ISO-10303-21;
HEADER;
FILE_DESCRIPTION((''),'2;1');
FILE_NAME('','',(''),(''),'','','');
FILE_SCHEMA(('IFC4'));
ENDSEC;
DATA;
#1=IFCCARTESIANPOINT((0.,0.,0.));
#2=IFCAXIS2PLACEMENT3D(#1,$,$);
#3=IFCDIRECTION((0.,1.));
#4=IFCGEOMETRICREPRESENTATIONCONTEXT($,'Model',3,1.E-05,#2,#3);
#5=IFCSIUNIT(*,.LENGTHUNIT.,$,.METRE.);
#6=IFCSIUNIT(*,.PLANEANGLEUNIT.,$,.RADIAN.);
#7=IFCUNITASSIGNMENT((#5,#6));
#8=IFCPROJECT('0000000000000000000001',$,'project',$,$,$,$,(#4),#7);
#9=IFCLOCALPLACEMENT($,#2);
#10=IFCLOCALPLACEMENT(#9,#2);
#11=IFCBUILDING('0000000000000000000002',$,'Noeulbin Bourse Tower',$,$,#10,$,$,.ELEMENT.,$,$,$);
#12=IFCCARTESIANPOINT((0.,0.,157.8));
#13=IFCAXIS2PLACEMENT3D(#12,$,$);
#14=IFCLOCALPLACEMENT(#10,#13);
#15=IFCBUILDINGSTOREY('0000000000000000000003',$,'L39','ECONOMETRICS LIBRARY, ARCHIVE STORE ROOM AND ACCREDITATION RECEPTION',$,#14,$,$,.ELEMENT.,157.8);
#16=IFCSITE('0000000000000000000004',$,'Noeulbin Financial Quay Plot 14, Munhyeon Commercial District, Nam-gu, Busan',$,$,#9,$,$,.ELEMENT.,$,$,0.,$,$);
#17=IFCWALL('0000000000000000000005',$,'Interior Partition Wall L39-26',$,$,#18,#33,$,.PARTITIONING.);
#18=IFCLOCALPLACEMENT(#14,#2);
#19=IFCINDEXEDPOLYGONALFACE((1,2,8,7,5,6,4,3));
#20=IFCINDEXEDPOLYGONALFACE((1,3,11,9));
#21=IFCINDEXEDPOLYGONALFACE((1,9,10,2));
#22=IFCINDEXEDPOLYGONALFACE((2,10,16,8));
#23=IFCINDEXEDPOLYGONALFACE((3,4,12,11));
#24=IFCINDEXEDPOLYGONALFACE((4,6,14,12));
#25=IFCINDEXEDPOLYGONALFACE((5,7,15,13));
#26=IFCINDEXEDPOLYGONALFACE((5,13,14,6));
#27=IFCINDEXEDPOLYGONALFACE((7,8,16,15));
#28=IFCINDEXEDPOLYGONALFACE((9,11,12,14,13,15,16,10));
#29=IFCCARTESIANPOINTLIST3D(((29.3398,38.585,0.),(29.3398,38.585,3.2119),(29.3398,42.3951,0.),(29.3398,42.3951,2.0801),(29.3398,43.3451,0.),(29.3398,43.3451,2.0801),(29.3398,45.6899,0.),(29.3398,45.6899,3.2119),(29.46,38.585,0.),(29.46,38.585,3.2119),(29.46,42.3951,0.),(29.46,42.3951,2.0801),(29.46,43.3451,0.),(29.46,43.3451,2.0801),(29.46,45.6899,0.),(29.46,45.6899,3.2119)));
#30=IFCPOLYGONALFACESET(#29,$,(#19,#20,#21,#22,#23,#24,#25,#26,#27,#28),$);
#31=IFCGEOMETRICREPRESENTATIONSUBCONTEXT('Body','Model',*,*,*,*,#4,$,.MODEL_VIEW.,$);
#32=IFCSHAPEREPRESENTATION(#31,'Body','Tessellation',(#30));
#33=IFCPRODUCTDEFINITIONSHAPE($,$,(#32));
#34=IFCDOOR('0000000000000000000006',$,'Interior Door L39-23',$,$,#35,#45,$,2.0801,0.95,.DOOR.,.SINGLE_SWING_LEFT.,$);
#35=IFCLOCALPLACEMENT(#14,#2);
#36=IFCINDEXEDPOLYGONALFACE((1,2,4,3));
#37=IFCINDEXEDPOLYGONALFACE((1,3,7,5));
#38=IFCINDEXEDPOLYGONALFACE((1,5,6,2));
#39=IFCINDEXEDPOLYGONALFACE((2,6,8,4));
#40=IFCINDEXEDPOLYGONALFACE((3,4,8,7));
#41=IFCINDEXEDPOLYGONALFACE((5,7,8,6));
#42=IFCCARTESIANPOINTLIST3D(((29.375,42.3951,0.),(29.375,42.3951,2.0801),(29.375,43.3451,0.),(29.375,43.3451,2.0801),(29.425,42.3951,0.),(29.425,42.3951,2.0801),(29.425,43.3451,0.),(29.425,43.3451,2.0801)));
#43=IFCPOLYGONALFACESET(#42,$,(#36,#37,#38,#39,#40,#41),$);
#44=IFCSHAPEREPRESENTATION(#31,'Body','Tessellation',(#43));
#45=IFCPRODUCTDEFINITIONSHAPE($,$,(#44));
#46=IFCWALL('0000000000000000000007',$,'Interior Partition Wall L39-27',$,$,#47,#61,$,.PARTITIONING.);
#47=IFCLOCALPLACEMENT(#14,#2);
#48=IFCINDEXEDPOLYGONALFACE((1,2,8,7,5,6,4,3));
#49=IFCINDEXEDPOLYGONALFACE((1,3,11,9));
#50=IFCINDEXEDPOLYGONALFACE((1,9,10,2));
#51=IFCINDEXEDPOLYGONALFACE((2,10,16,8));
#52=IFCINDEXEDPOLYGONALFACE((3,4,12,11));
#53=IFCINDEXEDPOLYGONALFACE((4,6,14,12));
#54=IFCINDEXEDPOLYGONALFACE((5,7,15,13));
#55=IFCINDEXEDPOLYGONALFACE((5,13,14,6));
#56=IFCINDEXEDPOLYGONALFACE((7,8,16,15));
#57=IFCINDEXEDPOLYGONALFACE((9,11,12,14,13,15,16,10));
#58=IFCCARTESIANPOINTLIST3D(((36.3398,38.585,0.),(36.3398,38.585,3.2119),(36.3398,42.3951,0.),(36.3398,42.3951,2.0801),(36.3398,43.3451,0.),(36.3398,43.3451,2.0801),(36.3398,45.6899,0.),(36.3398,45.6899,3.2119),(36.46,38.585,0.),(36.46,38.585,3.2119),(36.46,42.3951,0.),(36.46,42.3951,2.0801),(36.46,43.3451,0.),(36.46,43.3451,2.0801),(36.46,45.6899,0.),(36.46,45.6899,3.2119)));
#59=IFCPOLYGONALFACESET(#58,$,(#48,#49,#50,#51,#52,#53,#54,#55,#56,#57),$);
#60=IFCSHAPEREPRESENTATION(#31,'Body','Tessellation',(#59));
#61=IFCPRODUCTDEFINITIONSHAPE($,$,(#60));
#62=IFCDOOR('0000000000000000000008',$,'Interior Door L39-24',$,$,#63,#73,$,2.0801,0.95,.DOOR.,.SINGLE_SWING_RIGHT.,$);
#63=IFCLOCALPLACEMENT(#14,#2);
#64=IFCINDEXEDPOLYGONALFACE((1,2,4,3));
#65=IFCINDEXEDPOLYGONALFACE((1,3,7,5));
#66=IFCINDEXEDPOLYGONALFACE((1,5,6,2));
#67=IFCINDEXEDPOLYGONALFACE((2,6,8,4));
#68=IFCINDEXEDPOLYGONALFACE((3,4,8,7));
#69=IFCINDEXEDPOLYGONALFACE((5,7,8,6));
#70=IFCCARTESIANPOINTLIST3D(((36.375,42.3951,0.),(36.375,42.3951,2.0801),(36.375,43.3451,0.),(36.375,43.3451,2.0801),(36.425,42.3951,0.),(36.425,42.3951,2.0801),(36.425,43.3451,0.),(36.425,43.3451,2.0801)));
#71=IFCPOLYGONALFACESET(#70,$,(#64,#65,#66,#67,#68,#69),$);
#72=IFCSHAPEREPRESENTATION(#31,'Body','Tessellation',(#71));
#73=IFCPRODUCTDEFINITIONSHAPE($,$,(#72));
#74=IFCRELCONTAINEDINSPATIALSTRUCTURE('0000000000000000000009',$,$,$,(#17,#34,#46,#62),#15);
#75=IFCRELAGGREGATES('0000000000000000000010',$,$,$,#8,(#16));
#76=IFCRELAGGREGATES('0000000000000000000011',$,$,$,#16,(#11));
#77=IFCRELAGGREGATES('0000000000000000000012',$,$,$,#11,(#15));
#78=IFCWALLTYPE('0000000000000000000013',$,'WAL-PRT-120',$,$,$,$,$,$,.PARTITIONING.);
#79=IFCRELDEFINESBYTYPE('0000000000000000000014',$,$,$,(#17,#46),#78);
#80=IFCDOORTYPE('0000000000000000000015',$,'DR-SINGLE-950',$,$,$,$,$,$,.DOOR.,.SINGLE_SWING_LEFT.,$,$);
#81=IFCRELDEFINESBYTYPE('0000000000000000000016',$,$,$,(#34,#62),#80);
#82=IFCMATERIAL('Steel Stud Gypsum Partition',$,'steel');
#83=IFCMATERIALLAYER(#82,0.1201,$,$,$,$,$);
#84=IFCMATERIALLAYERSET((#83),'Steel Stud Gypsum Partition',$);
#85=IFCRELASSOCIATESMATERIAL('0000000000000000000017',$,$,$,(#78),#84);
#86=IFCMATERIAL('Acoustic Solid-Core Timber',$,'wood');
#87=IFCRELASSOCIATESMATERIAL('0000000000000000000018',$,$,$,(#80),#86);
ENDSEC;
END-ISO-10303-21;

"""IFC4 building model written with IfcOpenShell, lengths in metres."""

from ifc_helpers import new_model, si_unit, direction, frame, frame_2d, origin, place, context, subcontext, project, spatial, rectangle, extrude, material, layer, layer_set, type_object, element, fill, save


model = new_model("IFC4")

# Units and contexts
model_context = context("Model", 3, precision=1e-05, world=origin(), true_north=direction((0.0, 1.0)))
body_context = subcontext(model_context, "Body", "Model", "MODEL_VIEW")
ifc_project = project(units=[si_unit("LENGTHUNIT", "METRE"), si_unit("PLANEANGLEUNIT", "RADIAN")], contexts=[model_context])

# Site, building, storey
site_placement = place(None, origin())
site = spatial("IfcSite", under=ifc_project, at=site_placement, Name="Noeulbin Financial Quay Plot 14, Munhyeon Commercial District, Nam-gu, Busan", CompositionType="ELEMENT", RefElevation=0.0)
building_placement = place(site_placement, origin())
building = spatial("IfcBuilding", under=site, at=building_placement, Name="Noeulbin Bourse Tower", CompositionType="ELEMENT")
storey_placement = place(building_placement, frame((0.0, 0.0, 157.8)))
storey = spatial("IfcBuildingStorey", under=building, at=storey_placement, Name="L39", Description="ECONOMETRICS LIBRARY, ARCHIVE STORE ROOM AND ACCREDITATION RECEPTION", CompositionType="ELEMENT", Elevation=157.8)

# Walls, openings, doors
ifc_material_1 = material(Name="Steel Stud Gypsum Partition", Category="steel")
ifc_layer_1 = layer(ifc_material_1, 0.1201)
ifc_layer_set_1 = layer_set([ifc_layer_1], Name="Steel Stud Gypsum Partition")
wall_type = type_object("IfcWallType", Name="WAL-PRT-120", PredefinedType="PARTITIONING", material=ifc_layer_set_1)
wall_1_placement = place(storey_placement, frame((29.3999, 38.585, 0.0), z_axis=(0.0, 0.0, 1.0), x_axis=(0.0, 1.0, 0.0)))
wall_1 = element("IfcWall", 1, at=wall_1_placement, inside=storey, type_object=wall_type, Name="Interior Partition Wall L39-26", PredefinedType="PARTITIONING", context=body_context, shape_type="SweptSolid", body=[
    extrude(rectangle(XDim=7.105, YDim=0.1201, at=frame_2d((3.5525, 0.0))), origin(), (0.0, 0.0, 1.0), 3.2119),
])
opening_1_placement = place(wall_1_placement, frame((3.8101, 0.0, 0.0)))
opening_1 = element("IfcOpeningElement", 2, at=opening_1_placement, cuts=wall_1, PredefinedType="OPENING", context=body_context, shape_type="SweptSolid", body=[
    extrude(rectangle(XDim=0.95, YDim=2.0801, at=frame_2d((0.4751, 1.04))), frame((0.0, 0.0701, 0.0), z_axis=(0.0, -1.0, 0.0), x_axis=(1.0, 0.0, 0.0)), (0.0, 0.0, 1.0), 0.1401),
])
ifc_material_2 = material(Name="Acoustic Solid-Core Timber", Category="wood")
door_type = type_object("IfcDoorType", Name="DR-SINGLE-950", OperationType="SINGLE_SWING_LEFT", PredefinedType="DOOR", material=ifc_material_2)
door_1_placement = place(opening_1_placement, origin())
door_1 = element("IfcDoor", 3, at=door_1_placement, inside=storey, type_object=door_type, Name="Interior Door L39-23", OperationType="SINGLE_SWING_LEFT", OverallHeight=2.0801, OverallWidth=0.95, PredefinedType="DOOR", context=body_context, shape_type="SweptSolid", body=[
    extrude(rectangle(XDim=0.95, YDim=2.0801, at=frame_2d((0.4751, 1.04))), frame((0.0, 0.0249, 0.0), z_axis=(0.0, -1.0, 0.0), x_axis=(1.0, 0.0, 0.0)), (0.0, 0.0, 1.0), 0.05),
])
fill(opening_1, door_1)
wall_2_placement = place(storey_placement, frame((36.3999, 38.585, 0.0), z_axis=(0.0, 0.0, 1.0), x_axis=(0.0, 1.0, 0.0)))
wall_2 = element("IfcWall", 4, at=wall_2_placement, inside=storey, type_object=wall_type, Name="Interior Partition Wall L39-27", PredefinedType="PARTITIONING", context=body_context, shape_type="SweptSolid", body=[
    extrude(rectangle(XDim=7.105, YDim=0.1201, at=frame_2d((3.5525, 0.0))), origin(), (0.0, 0.0, 1.0), 3.2119),
])
opening_2_placement = place(wall_2_placement, frame((3.8101, 0.0, 0.0)))
opening_2 = element("IfcOpeningElement", 5, at=opening_2_placement, cuts=wall_2, PredefinedType="OPENING", context=body_context, shape_type="SweptSolid", body=[
    extrude(rectangle(XDim=0.95, YDim=2.0801, at=frame_2d((0.4751, 1.04))), frame((0.0, 0.0701, 0.0), z_axis=(0.0, -1.0, 0.0), x_axis=(1.0, 0.0, 0.0)), (0.0, 0.0, 1.0), 0.1401),
])
door_2_placement = place(opening_2_placement, origin())
door_2 = element("IfcDoor", 6, at=door_2_placement, inside=storey, type_object=door_type, Name="Interior Door L39-24", OperationType="SINGLE_SWING_RIGHT", OverallHeight=2.0801, OverallWidth=0.95, PredefinedType="DOOR", context=body_context, shape_type="SweptSolid", body=[
    extrude(rectangle(XDim=0.95, YDim=2.0801, at=frame_2d((0.4751, 1.04))), frame((0.0, 0.0249, 0.0), z_axis=(0.0, -1.0, 0.0), x_axis=(1.0, 0.0, 0.0)), (0.0, 0.0, 1.0), 0.05),
])
fill(opening_2, door_2)

save(model, "model.ifc")
